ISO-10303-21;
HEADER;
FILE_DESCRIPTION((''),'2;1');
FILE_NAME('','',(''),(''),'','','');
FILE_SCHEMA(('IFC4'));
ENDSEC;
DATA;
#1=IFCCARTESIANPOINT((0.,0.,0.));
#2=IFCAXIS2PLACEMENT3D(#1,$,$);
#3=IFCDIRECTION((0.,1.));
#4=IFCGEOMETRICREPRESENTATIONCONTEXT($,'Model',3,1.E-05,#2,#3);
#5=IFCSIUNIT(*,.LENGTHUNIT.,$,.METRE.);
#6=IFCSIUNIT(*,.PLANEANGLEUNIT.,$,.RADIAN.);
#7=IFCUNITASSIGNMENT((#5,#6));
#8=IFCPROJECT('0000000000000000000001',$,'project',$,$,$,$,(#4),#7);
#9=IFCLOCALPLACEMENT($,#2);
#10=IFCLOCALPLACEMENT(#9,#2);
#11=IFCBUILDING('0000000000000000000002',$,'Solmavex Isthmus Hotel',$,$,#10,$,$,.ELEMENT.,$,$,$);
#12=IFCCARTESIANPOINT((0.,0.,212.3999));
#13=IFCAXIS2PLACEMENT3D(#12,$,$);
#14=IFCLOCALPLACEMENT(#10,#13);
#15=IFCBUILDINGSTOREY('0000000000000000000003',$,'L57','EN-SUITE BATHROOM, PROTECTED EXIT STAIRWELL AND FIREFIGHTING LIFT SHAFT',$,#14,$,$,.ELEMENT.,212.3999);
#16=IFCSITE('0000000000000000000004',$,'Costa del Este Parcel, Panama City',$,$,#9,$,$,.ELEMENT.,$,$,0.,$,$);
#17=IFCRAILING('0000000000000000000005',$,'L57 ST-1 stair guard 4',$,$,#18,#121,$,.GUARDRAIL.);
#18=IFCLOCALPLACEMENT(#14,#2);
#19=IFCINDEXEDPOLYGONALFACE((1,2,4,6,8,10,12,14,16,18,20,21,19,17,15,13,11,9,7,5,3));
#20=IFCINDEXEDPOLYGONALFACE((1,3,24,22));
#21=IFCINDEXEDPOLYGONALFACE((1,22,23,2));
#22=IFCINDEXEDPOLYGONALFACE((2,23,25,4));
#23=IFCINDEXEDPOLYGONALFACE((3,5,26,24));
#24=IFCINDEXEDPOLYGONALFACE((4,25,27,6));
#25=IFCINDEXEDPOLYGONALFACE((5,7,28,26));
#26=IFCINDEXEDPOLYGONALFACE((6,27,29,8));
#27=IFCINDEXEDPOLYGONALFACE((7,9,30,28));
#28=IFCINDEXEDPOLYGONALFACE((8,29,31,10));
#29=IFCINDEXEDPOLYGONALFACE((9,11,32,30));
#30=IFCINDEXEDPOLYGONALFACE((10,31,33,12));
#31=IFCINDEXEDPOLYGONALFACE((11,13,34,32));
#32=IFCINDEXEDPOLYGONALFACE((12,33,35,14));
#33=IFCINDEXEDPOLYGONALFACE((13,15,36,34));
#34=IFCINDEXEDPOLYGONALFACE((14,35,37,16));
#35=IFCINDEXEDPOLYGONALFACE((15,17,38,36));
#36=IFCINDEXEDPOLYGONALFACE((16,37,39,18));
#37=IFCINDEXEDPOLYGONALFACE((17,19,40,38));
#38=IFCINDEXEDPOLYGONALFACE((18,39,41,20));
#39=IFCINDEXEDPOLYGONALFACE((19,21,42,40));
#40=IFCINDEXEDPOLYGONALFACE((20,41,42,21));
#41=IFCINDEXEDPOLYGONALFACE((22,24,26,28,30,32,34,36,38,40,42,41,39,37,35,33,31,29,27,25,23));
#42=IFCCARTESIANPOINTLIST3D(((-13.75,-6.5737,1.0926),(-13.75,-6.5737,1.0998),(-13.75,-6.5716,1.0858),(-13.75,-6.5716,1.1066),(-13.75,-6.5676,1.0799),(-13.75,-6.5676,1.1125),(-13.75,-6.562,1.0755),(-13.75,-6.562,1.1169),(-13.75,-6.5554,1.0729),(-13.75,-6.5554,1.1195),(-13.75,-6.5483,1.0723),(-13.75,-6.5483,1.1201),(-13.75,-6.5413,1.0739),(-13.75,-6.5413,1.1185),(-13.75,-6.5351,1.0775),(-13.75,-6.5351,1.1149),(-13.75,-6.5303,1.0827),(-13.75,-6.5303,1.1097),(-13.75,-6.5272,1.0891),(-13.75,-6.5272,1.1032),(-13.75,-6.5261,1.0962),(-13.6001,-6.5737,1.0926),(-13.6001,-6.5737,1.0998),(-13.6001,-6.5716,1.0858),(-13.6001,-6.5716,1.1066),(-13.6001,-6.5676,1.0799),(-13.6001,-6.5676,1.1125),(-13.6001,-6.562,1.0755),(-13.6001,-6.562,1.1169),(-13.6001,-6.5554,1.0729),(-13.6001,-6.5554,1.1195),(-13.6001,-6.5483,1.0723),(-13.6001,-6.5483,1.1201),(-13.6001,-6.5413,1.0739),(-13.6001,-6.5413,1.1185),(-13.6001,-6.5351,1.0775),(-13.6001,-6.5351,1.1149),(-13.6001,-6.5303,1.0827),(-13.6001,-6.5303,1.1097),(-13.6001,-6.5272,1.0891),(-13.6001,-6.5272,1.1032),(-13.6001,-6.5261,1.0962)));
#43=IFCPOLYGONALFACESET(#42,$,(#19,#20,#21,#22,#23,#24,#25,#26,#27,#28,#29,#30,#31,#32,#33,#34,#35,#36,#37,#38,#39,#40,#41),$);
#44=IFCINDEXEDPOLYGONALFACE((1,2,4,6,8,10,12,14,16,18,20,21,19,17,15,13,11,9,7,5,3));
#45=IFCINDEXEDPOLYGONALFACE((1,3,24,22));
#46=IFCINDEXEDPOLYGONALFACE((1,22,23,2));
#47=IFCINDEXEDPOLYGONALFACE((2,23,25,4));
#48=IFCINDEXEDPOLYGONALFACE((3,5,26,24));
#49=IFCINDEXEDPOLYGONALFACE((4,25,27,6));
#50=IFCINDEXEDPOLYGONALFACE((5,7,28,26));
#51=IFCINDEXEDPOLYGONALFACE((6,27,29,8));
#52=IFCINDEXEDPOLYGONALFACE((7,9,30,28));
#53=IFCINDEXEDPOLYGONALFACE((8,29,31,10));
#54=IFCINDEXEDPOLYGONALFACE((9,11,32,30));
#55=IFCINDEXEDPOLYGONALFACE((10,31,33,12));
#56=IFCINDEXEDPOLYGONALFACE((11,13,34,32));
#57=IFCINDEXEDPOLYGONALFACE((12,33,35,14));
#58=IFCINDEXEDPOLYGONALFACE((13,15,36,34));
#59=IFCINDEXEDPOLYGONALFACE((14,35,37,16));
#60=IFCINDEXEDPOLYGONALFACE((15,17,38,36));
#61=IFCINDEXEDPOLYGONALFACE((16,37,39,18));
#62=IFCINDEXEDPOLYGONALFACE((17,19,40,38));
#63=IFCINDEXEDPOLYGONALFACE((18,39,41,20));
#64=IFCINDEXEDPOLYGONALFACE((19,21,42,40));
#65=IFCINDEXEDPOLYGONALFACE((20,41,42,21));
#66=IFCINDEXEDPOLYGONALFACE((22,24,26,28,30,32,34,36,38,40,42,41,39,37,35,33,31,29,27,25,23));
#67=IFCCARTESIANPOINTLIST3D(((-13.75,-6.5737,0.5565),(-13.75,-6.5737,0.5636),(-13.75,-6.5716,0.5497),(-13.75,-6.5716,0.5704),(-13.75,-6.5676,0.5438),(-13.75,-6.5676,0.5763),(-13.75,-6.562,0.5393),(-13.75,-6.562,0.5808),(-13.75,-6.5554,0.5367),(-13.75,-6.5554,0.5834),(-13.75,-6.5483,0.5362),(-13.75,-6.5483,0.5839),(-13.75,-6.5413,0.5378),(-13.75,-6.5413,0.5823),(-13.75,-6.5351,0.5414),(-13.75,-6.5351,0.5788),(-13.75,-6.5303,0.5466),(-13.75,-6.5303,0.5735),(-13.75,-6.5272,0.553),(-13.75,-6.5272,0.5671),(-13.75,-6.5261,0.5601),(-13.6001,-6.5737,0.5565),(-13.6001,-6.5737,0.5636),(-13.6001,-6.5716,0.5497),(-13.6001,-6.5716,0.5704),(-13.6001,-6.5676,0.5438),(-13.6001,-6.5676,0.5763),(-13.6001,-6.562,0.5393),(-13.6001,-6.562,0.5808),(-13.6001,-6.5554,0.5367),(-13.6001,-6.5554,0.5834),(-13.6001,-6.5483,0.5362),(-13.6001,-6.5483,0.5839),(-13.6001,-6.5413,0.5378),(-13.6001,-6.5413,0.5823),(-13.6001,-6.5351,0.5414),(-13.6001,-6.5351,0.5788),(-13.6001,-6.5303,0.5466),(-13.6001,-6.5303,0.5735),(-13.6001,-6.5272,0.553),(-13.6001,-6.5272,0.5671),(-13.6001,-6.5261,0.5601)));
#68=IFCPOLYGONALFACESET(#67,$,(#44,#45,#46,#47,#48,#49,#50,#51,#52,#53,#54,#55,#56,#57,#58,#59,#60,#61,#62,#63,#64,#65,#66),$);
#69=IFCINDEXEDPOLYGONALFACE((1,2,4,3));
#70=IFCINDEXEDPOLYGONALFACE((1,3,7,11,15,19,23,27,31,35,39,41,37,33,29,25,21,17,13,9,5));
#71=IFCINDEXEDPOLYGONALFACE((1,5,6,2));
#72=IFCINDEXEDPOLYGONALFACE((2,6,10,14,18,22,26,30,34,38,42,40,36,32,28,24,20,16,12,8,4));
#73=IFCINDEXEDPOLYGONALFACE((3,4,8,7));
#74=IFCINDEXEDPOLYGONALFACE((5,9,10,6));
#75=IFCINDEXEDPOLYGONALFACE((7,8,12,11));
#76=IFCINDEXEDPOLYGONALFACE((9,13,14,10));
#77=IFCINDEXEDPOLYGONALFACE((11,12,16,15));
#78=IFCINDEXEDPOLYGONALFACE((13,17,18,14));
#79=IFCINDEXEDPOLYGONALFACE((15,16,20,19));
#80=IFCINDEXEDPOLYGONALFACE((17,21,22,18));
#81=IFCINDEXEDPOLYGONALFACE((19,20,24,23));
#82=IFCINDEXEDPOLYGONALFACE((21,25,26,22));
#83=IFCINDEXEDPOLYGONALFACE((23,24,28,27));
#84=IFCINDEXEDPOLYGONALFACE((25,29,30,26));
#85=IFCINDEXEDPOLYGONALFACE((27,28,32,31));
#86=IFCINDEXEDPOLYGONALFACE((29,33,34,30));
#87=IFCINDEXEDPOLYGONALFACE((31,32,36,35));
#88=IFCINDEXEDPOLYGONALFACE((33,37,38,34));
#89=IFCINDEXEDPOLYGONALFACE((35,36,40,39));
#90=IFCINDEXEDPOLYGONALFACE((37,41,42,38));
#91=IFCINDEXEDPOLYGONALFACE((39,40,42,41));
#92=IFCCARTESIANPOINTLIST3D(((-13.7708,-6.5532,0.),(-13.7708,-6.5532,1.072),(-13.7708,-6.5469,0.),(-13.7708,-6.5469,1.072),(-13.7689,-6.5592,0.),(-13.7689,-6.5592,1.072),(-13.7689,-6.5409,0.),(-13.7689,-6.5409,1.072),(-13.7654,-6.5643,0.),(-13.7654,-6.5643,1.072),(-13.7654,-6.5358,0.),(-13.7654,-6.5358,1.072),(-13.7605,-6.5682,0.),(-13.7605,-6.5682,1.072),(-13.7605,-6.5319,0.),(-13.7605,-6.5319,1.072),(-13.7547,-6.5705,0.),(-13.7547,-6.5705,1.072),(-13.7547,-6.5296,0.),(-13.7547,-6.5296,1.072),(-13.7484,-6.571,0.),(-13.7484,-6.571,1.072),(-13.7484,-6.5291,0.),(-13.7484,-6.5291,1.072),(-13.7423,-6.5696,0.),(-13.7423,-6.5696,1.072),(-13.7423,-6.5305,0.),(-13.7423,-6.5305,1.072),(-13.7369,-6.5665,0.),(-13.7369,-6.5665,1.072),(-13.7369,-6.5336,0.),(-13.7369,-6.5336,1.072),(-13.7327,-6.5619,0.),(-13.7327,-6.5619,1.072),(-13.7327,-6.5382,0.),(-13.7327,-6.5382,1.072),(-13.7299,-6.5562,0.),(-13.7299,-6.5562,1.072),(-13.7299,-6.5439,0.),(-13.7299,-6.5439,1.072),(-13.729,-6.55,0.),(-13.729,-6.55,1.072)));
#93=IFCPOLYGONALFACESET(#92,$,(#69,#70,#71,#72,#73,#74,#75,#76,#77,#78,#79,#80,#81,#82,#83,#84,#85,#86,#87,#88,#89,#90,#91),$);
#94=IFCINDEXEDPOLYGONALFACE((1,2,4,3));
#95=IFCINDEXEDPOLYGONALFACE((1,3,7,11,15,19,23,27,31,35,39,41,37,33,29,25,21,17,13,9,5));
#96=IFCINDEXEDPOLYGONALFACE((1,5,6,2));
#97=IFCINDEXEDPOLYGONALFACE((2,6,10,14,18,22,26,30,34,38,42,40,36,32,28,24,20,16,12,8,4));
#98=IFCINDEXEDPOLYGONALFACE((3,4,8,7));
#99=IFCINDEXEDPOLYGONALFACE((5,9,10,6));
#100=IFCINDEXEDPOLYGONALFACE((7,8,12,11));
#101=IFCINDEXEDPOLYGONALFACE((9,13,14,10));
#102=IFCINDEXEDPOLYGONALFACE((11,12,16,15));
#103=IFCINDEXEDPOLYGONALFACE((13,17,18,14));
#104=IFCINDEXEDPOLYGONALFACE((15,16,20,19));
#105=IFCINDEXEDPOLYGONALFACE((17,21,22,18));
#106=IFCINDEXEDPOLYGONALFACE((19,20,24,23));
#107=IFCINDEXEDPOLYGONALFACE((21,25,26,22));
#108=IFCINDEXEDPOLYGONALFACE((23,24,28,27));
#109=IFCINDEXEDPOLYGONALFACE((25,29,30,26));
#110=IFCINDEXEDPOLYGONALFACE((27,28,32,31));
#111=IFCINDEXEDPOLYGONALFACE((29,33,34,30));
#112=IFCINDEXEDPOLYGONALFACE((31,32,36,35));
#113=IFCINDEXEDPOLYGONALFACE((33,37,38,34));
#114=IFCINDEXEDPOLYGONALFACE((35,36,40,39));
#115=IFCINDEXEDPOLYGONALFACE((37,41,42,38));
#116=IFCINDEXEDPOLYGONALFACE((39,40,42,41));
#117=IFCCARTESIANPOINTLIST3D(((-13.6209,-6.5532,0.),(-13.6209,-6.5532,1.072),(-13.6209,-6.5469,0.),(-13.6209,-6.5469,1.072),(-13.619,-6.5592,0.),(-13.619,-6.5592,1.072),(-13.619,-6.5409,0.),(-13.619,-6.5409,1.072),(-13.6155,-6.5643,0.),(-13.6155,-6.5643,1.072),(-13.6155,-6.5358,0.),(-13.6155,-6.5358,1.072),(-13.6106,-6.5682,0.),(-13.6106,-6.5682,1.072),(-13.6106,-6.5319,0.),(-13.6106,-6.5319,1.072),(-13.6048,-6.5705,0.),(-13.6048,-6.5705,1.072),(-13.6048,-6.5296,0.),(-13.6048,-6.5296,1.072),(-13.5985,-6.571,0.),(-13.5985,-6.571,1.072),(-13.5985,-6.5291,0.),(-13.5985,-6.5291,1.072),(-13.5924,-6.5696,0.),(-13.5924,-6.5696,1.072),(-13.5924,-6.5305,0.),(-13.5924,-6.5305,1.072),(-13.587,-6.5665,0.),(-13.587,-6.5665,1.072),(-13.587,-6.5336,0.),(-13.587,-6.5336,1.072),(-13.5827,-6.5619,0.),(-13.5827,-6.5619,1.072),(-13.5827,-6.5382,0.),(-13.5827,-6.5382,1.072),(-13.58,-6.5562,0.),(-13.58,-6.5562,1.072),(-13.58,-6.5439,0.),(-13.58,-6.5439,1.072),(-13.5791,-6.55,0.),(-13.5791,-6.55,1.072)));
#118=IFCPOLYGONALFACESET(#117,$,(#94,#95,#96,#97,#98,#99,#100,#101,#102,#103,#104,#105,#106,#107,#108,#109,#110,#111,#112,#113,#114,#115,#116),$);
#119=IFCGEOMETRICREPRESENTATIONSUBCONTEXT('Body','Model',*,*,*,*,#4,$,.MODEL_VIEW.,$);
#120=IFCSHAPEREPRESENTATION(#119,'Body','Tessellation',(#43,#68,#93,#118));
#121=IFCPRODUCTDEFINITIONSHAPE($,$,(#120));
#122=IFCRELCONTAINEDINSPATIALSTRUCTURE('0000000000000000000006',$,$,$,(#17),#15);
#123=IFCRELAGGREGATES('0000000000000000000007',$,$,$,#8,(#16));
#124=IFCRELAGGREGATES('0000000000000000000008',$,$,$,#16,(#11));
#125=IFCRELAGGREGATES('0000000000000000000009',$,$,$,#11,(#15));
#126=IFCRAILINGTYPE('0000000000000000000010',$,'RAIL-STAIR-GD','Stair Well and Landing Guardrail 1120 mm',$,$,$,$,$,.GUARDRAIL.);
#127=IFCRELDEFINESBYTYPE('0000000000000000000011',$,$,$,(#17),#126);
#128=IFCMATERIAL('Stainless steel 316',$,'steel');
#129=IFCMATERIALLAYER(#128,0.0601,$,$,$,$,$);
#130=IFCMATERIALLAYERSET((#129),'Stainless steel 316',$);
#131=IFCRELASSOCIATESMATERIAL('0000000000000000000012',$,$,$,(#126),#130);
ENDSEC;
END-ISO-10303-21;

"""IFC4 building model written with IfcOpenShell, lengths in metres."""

from ifc_helpers import new_model, si_unit, direction, frame, origin, origin_2d, place, context, subcontext, project, spatial, circle, extrude, material, layer, layer_set, type_object, element, save


model = new_model("IFC4")

# Units and contexts
model_context = context("Model", 3, precision=1e-05, world=origin(), true_north=direction((0.0, 1.0)))
body_context = subcontext(model_context, "Body", "Model", "MODEL_VIEW")
ifc_project = project(units=[si_unit("LENGTHUNIT", "METRE"), si_unit("PLANEANGLEUNIT", "RADIAN")], contexts=[model_context])

# Site, building, storey
site_placement = place(None, origin())
site = spatial("IfcSite", under=ifc_project, at=site_placement, Name="Costa del Este Parcel, Panama City", CompositionType="ELEMENT", RefElevation=0.0)
building_placement = place(site_placement, origin())
building = spatial("IfcBuilding", under=site, at=building_placement, Name="Solmavex Isthmus Hotel", CompositionType="ELEMENT")
storey_placement = place(building_placement, frame((0.0, 0.0, 212.3999)))
storey = spatial("IfcBuildingStorey", under=building, at=storey_placement, Name="L57", Description="EN-SUITE BATHROOM, PROTECTED EXIT STAIRWELL AND FIREFIGHTING LIFT SHAFT", CompositionType="ELEMENT", Elevation=212.3999)

# Railing
ifc_material_1 = material(Name="Stainless steel 316", Category="steel")
ifc_layer_1 = layer(ifc_material_1, 0.0601)
ifc_layer_set_1 = layer_set([ifc_layer_1], Name="Stainless steel 316")
railing_type_1 = type_object("IfcRailingType", Name="RAIL-STAIR-GD", Description="Stair Well and Landing Guardrail 1120 mm", PredefinedType="GUARDRAIL", material=ifc_layer_set_1)
railing_1_placement = place(storey_placement, frame((-13.75, -6.55, 0.0)))
element("IfcRailing", 1, at=railing_1_placement, inside=storey, type_object=railing_type_1, Name="L57 ST-1 stair guard 4", PredefinedType="GUARDRAIL", context=body_context, shape_type="SweptSolid", body=[
    extrude(circle(Radius=0.0239, at=origin_2d()), frame((0.0, 0.0, 1.0962), z_axis=(1.0, 0.0, 0.0), x_axis=(0.0, 1.0, 0.0)), (0.0, 0.0, 1.0), 0.1499),
    extrude(circle(Radius=0.0239, at=origin_2d()), frame((0.0, 0.0, 0.5601), z_axis=(1.0, 0.0, 0.0), x_axis=(0.0, 1.0, 0.0)), (0.0, 0.0, 1.0), 0.1499),
    extrude(circle(Radius=0.021, at=origin_2d()), origin(), (0.0, 0.0, 1.0), 1.072),
    extrude(circle(Radius=0.021, at=origin_2d()), frame((0.1499, 0.0, 0.0)), (0.0, 0.0, 1.0), 1.072),
])

save(model, "model.ifc")
